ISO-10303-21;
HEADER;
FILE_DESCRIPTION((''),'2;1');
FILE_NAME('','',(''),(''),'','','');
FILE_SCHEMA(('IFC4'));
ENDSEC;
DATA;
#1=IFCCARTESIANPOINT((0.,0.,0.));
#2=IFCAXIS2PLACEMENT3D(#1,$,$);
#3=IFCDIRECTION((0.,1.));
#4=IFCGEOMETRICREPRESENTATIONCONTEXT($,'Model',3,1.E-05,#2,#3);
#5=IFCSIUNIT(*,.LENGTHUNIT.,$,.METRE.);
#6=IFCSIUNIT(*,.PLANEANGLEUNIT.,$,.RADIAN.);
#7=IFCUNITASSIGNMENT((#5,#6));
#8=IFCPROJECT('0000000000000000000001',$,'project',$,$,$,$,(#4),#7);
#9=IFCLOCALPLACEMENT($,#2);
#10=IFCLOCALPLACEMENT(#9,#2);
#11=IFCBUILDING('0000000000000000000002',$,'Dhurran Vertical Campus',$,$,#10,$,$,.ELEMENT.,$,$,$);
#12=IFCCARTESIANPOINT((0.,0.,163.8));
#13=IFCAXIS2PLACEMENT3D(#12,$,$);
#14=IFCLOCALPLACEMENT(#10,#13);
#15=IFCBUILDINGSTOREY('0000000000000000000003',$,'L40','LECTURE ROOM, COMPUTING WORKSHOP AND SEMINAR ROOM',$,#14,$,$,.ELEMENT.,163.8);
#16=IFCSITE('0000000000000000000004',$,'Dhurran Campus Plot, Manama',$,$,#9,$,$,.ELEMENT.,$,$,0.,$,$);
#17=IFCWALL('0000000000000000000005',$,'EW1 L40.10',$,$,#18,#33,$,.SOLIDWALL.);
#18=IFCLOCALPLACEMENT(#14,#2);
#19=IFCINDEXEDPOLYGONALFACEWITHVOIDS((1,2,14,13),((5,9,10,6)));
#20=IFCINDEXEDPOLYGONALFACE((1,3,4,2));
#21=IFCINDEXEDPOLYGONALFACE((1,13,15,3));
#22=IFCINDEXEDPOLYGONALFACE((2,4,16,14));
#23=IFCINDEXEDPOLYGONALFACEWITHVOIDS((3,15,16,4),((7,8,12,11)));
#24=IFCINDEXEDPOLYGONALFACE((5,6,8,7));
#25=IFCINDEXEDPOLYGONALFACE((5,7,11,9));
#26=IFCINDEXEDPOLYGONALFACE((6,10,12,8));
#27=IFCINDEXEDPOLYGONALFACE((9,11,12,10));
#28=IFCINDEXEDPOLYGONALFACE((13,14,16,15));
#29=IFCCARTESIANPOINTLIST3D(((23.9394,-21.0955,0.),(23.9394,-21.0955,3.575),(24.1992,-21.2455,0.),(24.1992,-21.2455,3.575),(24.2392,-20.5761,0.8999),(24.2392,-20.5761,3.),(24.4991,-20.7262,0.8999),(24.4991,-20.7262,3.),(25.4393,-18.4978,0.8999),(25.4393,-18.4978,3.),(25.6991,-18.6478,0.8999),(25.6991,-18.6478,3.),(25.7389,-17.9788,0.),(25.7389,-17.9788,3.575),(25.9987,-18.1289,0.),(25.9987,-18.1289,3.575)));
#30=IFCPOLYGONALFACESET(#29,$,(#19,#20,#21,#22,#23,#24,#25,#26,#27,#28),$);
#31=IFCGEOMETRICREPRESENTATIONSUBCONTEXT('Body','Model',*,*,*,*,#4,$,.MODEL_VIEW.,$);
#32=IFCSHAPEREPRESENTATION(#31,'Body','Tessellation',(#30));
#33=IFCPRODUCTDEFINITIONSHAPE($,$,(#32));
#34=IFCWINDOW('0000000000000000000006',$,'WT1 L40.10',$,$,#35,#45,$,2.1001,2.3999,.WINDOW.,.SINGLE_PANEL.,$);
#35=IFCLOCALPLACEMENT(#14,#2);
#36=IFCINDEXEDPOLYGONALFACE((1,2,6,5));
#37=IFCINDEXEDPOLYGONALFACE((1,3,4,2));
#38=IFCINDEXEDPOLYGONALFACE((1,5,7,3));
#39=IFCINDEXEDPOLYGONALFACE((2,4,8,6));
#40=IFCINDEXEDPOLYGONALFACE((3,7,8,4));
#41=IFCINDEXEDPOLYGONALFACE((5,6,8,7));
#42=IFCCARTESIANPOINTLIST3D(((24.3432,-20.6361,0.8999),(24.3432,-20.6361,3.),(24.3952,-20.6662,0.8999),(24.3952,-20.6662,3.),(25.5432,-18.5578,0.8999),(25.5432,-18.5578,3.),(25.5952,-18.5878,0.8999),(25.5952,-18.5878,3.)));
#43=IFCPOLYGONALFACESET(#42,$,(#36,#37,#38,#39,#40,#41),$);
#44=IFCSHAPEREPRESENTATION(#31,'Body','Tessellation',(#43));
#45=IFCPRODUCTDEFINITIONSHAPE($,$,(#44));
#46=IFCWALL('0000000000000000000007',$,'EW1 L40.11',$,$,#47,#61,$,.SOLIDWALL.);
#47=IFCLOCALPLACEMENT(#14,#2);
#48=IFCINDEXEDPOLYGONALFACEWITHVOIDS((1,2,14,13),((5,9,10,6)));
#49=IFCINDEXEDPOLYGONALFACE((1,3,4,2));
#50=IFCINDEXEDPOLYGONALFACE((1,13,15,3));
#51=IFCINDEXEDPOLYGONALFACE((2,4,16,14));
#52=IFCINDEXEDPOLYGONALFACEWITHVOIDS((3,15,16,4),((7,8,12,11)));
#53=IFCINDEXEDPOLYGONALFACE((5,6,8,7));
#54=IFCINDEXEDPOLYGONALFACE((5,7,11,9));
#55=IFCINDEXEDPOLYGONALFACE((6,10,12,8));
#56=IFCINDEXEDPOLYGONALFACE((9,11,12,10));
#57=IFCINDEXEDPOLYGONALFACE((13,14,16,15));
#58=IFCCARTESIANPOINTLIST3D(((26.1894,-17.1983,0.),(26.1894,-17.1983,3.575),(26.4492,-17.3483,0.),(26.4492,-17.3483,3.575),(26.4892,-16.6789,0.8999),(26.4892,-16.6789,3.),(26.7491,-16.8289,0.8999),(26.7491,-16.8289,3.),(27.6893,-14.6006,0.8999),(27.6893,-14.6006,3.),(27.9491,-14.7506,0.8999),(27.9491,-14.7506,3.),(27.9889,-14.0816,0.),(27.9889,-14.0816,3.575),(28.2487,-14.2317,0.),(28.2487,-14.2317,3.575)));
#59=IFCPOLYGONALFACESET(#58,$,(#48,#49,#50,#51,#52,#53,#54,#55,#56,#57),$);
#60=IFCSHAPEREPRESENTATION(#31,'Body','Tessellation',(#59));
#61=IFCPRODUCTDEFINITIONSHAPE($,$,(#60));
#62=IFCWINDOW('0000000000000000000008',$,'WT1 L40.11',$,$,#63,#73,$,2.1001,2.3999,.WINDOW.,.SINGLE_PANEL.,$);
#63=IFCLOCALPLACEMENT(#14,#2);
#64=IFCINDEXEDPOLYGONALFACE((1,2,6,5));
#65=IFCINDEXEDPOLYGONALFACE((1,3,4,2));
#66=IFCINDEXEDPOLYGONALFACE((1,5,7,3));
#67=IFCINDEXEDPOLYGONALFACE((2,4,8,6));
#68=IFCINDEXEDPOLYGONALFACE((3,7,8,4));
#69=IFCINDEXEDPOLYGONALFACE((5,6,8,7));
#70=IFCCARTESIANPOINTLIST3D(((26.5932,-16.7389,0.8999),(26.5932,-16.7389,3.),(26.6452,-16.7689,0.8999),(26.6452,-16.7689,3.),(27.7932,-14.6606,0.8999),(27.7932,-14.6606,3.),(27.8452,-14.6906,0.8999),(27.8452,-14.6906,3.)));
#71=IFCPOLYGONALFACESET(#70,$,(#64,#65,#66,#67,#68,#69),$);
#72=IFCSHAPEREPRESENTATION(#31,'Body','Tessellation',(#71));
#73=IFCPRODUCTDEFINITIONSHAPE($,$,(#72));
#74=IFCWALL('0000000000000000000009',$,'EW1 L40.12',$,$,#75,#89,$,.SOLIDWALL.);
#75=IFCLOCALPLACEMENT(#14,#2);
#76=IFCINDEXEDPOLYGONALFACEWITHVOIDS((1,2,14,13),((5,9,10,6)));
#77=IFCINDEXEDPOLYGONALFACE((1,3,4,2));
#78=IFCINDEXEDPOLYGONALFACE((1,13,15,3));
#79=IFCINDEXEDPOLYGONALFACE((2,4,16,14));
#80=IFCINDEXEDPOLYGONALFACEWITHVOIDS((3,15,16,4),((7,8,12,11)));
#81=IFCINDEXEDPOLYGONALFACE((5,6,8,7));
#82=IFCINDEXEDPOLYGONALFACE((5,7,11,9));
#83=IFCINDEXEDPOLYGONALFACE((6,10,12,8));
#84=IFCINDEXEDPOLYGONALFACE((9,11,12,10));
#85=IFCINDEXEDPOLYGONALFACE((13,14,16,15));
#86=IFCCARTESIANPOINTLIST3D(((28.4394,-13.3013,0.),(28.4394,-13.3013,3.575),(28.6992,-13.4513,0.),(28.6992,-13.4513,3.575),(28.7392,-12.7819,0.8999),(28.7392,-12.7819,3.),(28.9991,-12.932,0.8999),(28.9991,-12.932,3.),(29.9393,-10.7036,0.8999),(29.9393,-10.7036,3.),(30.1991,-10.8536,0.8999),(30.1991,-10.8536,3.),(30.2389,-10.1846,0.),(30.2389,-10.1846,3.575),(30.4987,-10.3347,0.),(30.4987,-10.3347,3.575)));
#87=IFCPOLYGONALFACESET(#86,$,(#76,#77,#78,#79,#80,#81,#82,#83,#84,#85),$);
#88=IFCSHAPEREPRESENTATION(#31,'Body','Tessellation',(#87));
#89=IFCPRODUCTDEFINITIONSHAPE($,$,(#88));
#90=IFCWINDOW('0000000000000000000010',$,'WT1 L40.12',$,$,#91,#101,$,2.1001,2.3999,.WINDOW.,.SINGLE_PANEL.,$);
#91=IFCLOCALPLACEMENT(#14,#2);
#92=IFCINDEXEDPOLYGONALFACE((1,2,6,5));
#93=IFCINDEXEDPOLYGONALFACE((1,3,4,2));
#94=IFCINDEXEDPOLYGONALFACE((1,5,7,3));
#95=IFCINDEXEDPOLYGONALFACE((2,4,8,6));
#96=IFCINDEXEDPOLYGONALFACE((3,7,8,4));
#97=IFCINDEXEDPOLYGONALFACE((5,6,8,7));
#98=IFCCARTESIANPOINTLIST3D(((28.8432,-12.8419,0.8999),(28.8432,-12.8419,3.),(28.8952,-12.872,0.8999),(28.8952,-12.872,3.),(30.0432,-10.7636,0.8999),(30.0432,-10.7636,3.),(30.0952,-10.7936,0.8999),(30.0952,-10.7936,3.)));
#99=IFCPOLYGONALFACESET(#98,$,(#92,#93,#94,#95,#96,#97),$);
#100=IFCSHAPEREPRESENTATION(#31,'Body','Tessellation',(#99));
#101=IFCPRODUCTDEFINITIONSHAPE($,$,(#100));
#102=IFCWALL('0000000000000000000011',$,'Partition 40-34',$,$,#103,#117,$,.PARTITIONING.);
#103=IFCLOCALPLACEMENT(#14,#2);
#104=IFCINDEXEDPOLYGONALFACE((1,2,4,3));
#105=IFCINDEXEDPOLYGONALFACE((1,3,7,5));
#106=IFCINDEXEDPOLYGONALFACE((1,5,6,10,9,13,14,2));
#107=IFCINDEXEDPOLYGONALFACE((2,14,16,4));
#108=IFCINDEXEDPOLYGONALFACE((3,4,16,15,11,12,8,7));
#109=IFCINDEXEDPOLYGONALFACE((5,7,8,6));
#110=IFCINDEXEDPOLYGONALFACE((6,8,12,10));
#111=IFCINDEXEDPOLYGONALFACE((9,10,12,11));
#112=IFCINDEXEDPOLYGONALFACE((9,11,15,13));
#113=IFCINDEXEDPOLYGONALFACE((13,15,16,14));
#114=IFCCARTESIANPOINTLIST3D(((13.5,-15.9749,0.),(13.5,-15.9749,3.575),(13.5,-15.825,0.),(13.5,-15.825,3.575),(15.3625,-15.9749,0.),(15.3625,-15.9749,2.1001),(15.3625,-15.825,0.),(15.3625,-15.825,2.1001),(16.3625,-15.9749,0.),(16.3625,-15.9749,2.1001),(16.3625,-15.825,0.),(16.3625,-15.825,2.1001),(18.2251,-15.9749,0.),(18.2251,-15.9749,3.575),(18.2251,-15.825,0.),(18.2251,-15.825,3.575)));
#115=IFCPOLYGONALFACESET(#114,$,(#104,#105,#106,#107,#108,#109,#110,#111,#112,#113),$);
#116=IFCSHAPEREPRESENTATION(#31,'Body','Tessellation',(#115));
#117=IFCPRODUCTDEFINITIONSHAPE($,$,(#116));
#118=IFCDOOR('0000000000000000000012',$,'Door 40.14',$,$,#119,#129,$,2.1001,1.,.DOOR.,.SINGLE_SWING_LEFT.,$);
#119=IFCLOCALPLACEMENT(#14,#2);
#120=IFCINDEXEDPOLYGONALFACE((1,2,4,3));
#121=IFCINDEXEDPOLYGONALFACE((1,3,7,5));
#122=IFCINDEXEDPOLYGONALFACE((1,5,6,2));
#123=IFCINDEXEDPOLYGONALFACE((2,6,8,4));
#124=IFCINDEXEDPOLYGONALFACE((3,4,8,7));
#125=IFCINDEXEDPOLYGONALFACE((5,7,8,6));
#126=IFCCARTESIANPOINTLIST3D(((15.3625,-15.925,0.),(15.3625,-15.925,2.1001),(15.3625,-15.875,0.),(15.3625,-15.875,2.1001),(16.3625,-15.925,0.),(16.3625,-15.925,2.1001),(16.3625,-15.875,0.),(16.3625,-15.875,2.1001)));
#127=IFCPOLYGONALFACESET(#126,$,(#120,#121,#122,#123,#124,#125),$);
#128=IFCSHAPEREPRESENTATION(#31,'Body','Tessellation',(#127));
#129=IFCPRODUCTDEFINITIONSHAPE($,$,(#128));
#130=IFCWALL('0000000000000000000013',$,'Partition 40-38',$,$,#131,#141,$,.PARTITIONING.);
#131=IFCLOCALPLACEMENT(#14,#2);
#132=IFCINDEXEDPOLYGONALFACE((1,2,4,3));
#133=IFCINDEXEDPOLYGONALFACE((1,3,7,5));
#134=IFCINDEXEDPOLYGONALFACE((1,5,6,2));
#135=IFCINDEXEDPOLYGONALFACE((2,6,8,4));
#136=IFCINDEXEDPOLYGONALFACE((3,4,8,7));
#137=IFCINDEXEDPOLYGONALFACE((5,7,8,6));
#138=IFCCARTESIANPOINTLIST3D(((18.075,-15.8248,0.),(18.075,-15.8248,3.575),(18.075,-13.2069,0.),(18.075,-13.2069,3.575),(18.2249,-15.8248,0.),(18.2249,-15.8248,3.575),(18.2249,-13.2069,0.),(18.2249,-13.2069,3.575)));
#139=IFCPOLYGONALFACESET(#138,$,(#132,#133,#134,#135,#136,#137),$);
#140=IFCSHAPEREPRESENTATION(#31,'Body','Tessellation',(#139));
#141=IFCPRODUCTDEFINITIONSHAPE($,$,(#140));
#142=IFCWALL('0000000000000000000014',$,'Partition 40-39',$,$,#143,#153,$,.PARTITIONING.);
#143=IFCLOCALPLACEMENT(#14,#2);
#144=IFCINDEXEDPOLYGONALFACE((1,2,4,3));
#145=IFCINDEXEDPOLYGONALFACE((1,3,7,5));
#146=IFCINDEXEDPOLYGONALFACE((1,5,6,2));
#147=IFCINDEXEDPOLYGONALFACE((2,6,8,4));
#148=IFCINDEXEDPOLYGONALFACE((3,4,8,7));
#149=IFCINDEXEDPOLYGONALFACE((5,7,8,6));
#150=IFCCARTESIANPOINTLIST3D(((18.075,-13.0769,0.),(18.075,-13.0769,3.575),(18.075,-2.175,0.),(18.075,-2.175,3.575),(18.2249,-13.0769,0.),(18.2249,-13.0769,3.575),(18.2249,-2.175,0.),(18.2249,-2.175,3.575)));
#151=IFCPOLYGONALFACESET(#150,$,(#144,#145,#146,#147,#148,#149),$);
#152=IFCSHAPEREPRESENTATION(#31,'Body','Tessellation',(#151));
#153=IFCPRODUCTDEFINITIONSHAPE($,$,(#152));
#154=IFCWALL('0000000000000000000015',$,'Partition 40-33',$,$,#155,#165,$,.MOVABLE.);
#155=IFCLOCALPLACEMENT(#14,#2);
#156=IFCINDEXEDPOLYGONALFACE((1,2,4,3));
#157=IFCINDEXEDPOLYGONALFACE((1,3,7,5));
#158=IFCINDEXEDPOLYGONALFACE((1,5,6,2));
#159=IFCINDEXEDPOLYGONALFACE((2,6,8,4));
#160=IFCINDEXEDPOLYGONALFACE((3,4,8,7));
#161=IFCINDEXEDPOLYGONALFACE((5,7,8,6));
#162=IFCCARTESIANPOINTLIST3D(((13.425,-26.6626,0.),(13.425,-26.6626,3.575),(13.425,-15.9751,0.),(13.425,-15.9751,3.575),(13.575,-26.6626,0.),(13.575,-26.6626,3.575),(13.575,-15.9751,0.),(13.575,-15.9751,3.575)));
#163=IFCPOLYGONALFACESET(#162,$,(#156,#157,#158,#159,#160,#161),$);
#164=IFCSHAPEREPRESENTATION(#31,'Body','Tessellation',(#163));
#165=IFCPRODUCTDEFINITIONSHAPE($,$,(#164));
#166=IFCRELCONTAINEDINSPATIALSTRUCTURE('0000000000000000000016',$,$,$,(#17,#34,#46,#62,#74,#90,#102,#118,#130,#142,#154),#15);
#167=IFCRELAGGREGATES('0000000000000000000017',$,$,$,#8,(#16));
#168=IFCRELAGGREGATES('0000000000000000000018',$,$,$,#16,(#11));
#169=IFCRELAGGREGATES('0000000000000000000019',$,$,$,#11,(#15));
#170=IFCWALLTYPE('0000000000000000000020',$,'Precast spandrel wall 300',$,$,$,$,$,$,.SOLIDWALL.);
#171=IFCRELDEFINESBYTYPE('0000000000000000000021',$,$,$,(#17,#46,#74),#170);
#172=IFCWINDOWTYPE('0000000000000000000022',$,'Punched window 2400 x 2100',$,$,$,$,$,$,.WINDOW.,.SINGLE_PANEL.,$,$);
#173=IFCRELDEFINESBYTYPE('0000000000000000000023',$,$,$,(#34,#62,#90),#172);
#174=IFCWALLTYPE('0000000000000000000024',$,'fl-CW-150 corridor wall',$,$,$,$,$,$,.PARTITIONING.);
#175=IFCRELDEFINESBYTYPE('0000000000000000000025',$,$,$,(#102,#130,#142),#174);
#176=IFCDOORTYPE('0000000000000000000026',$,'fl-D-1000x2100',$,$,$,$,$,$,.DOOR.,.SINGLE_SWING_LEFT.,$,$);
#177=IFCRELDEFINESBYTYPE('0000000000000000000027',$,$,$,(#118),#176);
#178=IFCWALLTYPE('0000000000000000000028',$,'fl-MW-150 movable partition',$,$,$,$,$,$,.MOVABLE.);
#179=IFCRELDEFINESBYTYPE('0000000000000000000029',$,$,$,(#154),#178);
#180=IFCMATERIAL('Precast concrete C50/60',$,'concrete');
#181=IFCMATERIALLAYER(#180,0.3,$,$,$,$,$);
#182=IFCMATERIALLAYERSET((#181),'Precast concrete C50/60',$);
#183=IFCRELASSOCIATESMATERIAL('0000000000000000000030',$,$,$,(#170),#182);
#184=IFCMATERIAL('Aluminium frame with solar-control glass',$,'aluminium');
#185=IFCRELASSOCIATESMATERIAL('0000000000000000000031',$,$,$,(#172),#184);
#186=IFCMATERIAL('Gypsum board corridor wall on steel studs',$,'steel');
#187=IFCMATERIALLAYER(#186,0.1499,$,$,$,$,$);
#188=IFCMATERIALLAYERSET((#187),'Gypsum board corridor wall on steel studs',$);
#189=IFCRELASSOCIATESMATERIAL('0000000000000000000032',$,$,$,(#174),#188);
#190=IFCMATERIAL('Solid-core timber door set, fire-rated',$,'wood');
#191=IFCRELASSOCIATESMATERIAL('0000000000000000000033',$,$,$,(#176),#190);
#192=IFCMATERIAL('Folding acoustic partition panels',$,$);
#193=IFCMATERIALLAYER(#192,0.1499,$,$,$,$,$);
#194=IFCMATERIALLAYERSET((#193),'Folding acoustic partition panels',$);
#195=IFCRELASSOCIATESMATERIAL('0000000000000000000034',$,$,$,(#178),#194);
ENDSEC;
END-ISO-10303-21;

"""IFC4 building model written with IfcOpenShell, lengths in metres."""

from ifc_helpers import new_model, si_unit, direction, frame, frame_2d, origin, place, context, subcontext, project, spatial, rectangle, extrude, material, layer, layer_set, type_object, element, fill, save


model = new_model("IFC4")

# Units and contexts
model_context = context("Model", 3, precision=1e-05, world=origin(), true_north=direction((0.0, 1.0)))
body_context = subcontext(model_context, "Body", "Model", "MODEL_VIEW")
ifc_project = project(units=[si_unit("LENGTHUNIT", "METRE"), si_unit("PLANEANGLEUNIT", "RADIAN")], contexts=[model_context])

# Site, building, storey
site_placement = place(None, origin())
site = spatial("IfcSite", under=ifc_project, at=site_placement, Name="Dhurran Campus Plot, Manama", CompositionType="ELEMENT", RefElevation=0.0)
building_placement = place(site_placement, origin())
building = spatial("IfcBuilding", under=site, at=building_placement, Name="Dhurran Vertical Campus", CompositionType="ELEMENT")
storey_placement = place(building_placement, frame((0.0, 0.0, 163.8)))
storey = spatial("IfcBuildingStorey", under=building, at=storey_placement, Name="L40", Description="LECTURE ROOM, COMPUTING WORKSHOP AND SEMINAR ROOM", CompositionType="ELEMENT", Elevation=163.8)

# Walls, openings, windows
ifc_material_1 = material(Name="Precast concrete C50/60", Category="concrete")
ifc_layer_1 = layer(ifc_material_1, 0.3)
ifc_layer_set_1 = layer_set([ifc_layer_1], Name="Precast concrete C50/60")
wall_type_1 = type_object("IfcWallType", Name="Precast spandrel wall 300", PredefinedType="SOLIDWALL", material=ifc_layer_set_1)
ifc_material_2 = material(Name="Aluminium frame with solar-control glass", Category="aluminium")
window_type = type_object("IfcWindowType", Name="Punched window 2400 x 2100", PartitioningType="SINGLE_PANEL", PredefinedType="WINDOW", material=ifc_material_2)
wall_1_placement = place(storey_placement, frame((24.0693, -21.1704, 0.0), z_axis=(0.0, 0.0, 1.0), x_axis=(0.500028, 0.866009, 0.0)))
wall_1 = element("IfcWall", 1, at=wall_1_placement, inside=storey, type_object=wall_type_1, Name="EW1 L40.10", PredefinedType="SOLIDWALL", context=body_context, shape_type="SweptSolid", body=[
    extrude(rectangle(XDim=3.5989, YDim=0.3, at=frame_2d((1.7993, 0.0))), origin(), (0.0, 0.0, 1.0), 3.575),
])
opening_1_placement = place(wall_1_placement, frame((0.5996, 0.0, 0.8999)))
opening_1 = element("IfcOpeningElement", 2, at=opening_1_placement, cuts=wall_1, PredefinedType="OPENING", context=body_context, shape_type="SweptSolid", body=[
    extrude(rectangle(XDim=2.3999, YDim=2.1001, at=frame_2d((1.2, 1.05))), frame((0.0, 0.1599, 0.0), z_axis=(0.0, -1.0, 0.0), x_axis=(1.0, 0.0, 0.0)), (0.0, 0.0, 1.0), 0.3201),
])
window_1_placement = place(opening_1_placement, origin())
window_1 = element("IfcWindow", 3, at=window_1_placement, inside=storey, type_object=window_type, Name="WT1 L40.10", OverallHeight=2.1001, OverallWidth=2.3999, PartitioningType="SINGLE_PANEL", PredefinedType="WINDOW", context=body_context, shape_type="SweptSolid", body=[
    extrude(rectangle(XDim=2.3999, YDim=2.1001, at=frame_2d((1.2, 1.05))), frame((0.0, 0.03, 0.0), z_axis=(0.0, -1.0, 0.0), x_axis=(1.0, 0.0, 0.0)), (0.0, 0.0, 1.0), 0.0601),
])
fill(opening_1, window_1)
wall_2_placement = place(storey_placement, frame((26.3193, -17.2732, 0.0), z_axis=(0.0, 0.0, 1.0), x_axis=(0.500028, 0.866009, 0.0)))
wall_2 = element("IfcWall", 4, at=wall_2_placement, inside=storey, type_object=wall_type_1, Name="EW1 L40.11", PredefinedType="SOLIDWALL", context=body_context, shape_type="SweptSolid", body=[
    extrude(rectangle(XDim=3.5989, YDim=0.3, at=frame_2d((1.7993, 0.0))), origin(), (0.0, 0.0, 1.0), 3.575),
])
opening_2_placement = place(wall_2_placement, frame((0.5996, 0.0, 0.8999)))
opening_2 = element("IfcOpeningElement", 5, at=opening_2_placement, cuts=wall_2, PredefinedType="OPENING", context=body_context, shape_type="SweptSolid", body=[
    extrude(rectangle(XDim=2.3999, YDim=2.1001, at=frame_2d((1.2, 1.05))), frame((0.0, 0.1599, 0.0), z_axis=(0.0, -1.0, 0.0), x_axis=(1.0, 0.0, 0.0)), (0.0, 0.0, 1.0), 0.3201),
])
window_2_placement = place(opening_2_placement, origin())
window_2 = element("IfcWindow", 6, at=window_2_placement, inside=storey, type_object=window_type, Name="WT1 L40.11", OverallHeight=2.1001, OverallWidth=2.3999, PartitioningType="SINGLE_PANEL", PredefinedType="WINDOW", context=body_context, shape_type="SweptSolid", body=[
    extrude(rectangle(XDim=2.3999, YDim=2.1001, at=frame_2d((1.2, 1.05))), frame((0.0, 0.03, 0.0), z_axis=(0.0, -1.0, 0.0), x_axis=(1.0, 0.0, 0.0)), (0.0, 0.0, 1.0), 0.0601),
])
fill(opening_2, window_2)
wall_3_placement = place(storey_placement, frame((28.5693, -13.3762, 0.0), z_axis=(0.0, 0.0, 1.0), x_axis=(0.500028, 0.866009, 0.0)))
wall_3 = element("IfcWall", 7, at=wall_3_placement, inside=storey, type_object=wall_type_1, Name="EW1 L40.12", PredefinedType="SOLIDWALL", context=body_context, shape_type="SweptSolid", body=[
    extrude(rectangle(XDim=3.5989, YDim=0.3, at=frame_2d((1.7993, 0.0))), origin(), (0.0, 0.0, 1.0), 3.575),
])
opening_3_placement = place(wall_3_placement, frame((0.5996, 0.0, 0.8999)))
opening_3 = element("IfcOpeningElement", 8, at=opening_3_placement, cuts=wall_3, PredefinedType="OPENING", context=body_context, shape_type="SweptSolid", body=[
    extrude(rectangle(XDim=2.3999, YDim=2.1001, at=frame_2d((1.2, 1.05))), frame((0.0, 0.1599, 0.0), z_axis=(0.0, -1.0, 0.0), x_axis=(1.0, 0.0, 0.0)), (0.0, 0.0, 1.0), 0.3201),
])
window_3_placement = place(opening_3_placement, origin())
window_3 = element("IfcWindow", 9, at=window_3_placement, inside=storey, type_object=window_type, Name="WT1 L40.12", OverallHeight=2.1001, OverallWidth=2.3999, PartitioningType="SINGLE_PANEL", PredefinedType="WINDOW", context=body_context, shape_type="SweptSolid", body=[
    extrude(rectangle(XDim=2.3999, YDim=2.1001, at=frame_2d((1.2, 1.05))), frame((0.0, 0.03, 0.0), z_axis=(0.0, -1.0, 0.0), x_axis=(1.0, 0.0, 0.0)), (0.0, 0.0, 1.0), 0.0601),
])
fill(opening_3, window_3)

# Wall, opening, door
ifc_material_3 = material(Name="Gypsum board corridor wall on steel studs", Category="steel")
ifc_layer_2 = layer(ifc_material_3, 0.1499)
ifc_layer_set_2 = layer_set([ifc_layer_2], Name="Gypsum board corridor wall on steel studs")
wall_type_2 = type_object("IfcWallType", Name="fl-CW-150 corridor wall", PredefinedType="PARTITIONING", material=ifc_layer_set_2)
wall_4_placement = place(storey_placement, frame((13.5, -15.8999, 0.0), z_axis=(0.0, 0.0, 1.0), x_axis=(1.0, 0.0, 0.0)))
wall_4 = element("IfcWall", 10, at=wall_4_placement, inside=storey, type_object=wall_type_2, Name="Partition 40-34", PredefinedType="PARTITIONING", context=body_context, shape_type="SweptSolid", body=[
    extrude(rectangle(XDim=4.7251, YDim=0.1499, at=frame_2d((2.3625, 0.0))), origin(), (0.0, 0.0, 1.0), 3.575),
])
opening_4_placement = place(wall_4_placement, frame((1.8625, 0.0, 0.0)))
opening_4 = element("IfcOpeningElement", 11, at=opening_4_placement, cuts=wall_4, PredefinedType="OPENING", context=body_context, shape_type="SweptSolid", body=[
    extrude(rectangle(XDim=1.0, YDim=2.1001, at=frame_2d((0.5, 1.05))), frame((0.0, 0.085, 0.0), z_axis=(0.0, -1.0, 0.0), x_axis=(1.0, 0.0, 0.0)), (0.0, 0.0, 1.0), 0.1699),
])
ifc_material_4 = material(Name="Solid-core timber door set, fire-rated", Category="wood")
door_type = type_object("IfcDoorType", Name="fl-D-1000x2100", OperationType="SINGLE_SWING_LEFT", PredefinedType="DOOR", material=ifc_material_4)
door_placement = place(opening_4_placement, origin())
door = element("IfcDoor", 12, at=door_placement, inside=storey, type_object=door_type, Name="Door 40.14", OperationType="SINGLE_SWING_LEFT", OverallHeight=2.1001, OverallWidth=1.0, PredefinedType="DOOR", context=body_context, shape_type="SweptSolid", body=[
    extrude(rectangle(XDim=1.0, YDim=2.1001, at=frame_2d((0.5, 1.05))), frame((0.0, 0.0249, 0.0), z_axis=(0.0, -1.0, 0.0), x_axis=(1.0, 0.0, 0.0)), (0.0, 0.0, 1.0), 0.05),
])
fill(opening_4, door)

# Walls
wall_5_placement = place(storey_placement, frame((18.1499, -15.825, 0.0), z_axis=(0.0, 0.0, 1.0), x_axis=(0.0, 1.0, 0.0)))
element("IfcWall", 13, at=wall_5_placement, inside=storey, type_object=wall_type_2, Name="Partition 40-38", PredefinedType="PARTITIONING", context=body_context, shape_type="SweptSolid", body=[
    extrude(rectangle(XDim=2.6179, YDim=0.1499, at=frame_2d((1.3091, 0.0))), origin(), (0.0, 0.0, 1.0), 3.575),
])
wall_6_placement = place(storey_placement, frame((18.1499, -13.0769, 0.0), z_axis=(0.0, 0.0, 1.0), x_axis=(0.0, 1.0, 0.0)))
element("IfcWall", 14, at=wall_6_placement, inside=storey, type_object=wall_type_2, Name="Partition 40-39", PredefinedType="PARTITIONING", context=body_context, shape_type="SweptSolid", body=[
    extrude(rectangle(XDim=10.9019, YDim=0.1499, at=frame_2d((5.4509, 0.0))), origin(), (0.0, 0.0, 1.0), 3.575),
])
ifc_material_5 = material(Name="Folding acoustic partition panels")
ifc_layer_3 = layer(ifc_material_5, 0.1499)
ifc_layer_set_3 = layer_set([ifc_layer_3], Name="Folding acoustic partition panels")
wall_type_3 = type_object("IfcWallType", Name="fl-MW-150 movable partition", PredefinedType="MOVABLE", material=ifc_layer_set_3)
wall_7_placement = place(storey_placement, frame((13.5, -15.9751, 0.0), z_axis=(0.0, 0.0, 1.0), x_axis=(0.0, -1.0, 0.0)))
element("IfcWall", 15, at=wall_7_placement, inside=storey, type_object=wall_type_3, Name="Partition 40-33", PredefinedType="MOVABLE", context=body_context, shape_type="SweptSolid", body=[
    extrude(rectangle(XDim=10.6875, YDim=0.1499, at=frame_2d((5.3438, 0.0))), origin(), (0.0, 0.0, 1.0), 3.575),
])

save(model, "model.ifc")
